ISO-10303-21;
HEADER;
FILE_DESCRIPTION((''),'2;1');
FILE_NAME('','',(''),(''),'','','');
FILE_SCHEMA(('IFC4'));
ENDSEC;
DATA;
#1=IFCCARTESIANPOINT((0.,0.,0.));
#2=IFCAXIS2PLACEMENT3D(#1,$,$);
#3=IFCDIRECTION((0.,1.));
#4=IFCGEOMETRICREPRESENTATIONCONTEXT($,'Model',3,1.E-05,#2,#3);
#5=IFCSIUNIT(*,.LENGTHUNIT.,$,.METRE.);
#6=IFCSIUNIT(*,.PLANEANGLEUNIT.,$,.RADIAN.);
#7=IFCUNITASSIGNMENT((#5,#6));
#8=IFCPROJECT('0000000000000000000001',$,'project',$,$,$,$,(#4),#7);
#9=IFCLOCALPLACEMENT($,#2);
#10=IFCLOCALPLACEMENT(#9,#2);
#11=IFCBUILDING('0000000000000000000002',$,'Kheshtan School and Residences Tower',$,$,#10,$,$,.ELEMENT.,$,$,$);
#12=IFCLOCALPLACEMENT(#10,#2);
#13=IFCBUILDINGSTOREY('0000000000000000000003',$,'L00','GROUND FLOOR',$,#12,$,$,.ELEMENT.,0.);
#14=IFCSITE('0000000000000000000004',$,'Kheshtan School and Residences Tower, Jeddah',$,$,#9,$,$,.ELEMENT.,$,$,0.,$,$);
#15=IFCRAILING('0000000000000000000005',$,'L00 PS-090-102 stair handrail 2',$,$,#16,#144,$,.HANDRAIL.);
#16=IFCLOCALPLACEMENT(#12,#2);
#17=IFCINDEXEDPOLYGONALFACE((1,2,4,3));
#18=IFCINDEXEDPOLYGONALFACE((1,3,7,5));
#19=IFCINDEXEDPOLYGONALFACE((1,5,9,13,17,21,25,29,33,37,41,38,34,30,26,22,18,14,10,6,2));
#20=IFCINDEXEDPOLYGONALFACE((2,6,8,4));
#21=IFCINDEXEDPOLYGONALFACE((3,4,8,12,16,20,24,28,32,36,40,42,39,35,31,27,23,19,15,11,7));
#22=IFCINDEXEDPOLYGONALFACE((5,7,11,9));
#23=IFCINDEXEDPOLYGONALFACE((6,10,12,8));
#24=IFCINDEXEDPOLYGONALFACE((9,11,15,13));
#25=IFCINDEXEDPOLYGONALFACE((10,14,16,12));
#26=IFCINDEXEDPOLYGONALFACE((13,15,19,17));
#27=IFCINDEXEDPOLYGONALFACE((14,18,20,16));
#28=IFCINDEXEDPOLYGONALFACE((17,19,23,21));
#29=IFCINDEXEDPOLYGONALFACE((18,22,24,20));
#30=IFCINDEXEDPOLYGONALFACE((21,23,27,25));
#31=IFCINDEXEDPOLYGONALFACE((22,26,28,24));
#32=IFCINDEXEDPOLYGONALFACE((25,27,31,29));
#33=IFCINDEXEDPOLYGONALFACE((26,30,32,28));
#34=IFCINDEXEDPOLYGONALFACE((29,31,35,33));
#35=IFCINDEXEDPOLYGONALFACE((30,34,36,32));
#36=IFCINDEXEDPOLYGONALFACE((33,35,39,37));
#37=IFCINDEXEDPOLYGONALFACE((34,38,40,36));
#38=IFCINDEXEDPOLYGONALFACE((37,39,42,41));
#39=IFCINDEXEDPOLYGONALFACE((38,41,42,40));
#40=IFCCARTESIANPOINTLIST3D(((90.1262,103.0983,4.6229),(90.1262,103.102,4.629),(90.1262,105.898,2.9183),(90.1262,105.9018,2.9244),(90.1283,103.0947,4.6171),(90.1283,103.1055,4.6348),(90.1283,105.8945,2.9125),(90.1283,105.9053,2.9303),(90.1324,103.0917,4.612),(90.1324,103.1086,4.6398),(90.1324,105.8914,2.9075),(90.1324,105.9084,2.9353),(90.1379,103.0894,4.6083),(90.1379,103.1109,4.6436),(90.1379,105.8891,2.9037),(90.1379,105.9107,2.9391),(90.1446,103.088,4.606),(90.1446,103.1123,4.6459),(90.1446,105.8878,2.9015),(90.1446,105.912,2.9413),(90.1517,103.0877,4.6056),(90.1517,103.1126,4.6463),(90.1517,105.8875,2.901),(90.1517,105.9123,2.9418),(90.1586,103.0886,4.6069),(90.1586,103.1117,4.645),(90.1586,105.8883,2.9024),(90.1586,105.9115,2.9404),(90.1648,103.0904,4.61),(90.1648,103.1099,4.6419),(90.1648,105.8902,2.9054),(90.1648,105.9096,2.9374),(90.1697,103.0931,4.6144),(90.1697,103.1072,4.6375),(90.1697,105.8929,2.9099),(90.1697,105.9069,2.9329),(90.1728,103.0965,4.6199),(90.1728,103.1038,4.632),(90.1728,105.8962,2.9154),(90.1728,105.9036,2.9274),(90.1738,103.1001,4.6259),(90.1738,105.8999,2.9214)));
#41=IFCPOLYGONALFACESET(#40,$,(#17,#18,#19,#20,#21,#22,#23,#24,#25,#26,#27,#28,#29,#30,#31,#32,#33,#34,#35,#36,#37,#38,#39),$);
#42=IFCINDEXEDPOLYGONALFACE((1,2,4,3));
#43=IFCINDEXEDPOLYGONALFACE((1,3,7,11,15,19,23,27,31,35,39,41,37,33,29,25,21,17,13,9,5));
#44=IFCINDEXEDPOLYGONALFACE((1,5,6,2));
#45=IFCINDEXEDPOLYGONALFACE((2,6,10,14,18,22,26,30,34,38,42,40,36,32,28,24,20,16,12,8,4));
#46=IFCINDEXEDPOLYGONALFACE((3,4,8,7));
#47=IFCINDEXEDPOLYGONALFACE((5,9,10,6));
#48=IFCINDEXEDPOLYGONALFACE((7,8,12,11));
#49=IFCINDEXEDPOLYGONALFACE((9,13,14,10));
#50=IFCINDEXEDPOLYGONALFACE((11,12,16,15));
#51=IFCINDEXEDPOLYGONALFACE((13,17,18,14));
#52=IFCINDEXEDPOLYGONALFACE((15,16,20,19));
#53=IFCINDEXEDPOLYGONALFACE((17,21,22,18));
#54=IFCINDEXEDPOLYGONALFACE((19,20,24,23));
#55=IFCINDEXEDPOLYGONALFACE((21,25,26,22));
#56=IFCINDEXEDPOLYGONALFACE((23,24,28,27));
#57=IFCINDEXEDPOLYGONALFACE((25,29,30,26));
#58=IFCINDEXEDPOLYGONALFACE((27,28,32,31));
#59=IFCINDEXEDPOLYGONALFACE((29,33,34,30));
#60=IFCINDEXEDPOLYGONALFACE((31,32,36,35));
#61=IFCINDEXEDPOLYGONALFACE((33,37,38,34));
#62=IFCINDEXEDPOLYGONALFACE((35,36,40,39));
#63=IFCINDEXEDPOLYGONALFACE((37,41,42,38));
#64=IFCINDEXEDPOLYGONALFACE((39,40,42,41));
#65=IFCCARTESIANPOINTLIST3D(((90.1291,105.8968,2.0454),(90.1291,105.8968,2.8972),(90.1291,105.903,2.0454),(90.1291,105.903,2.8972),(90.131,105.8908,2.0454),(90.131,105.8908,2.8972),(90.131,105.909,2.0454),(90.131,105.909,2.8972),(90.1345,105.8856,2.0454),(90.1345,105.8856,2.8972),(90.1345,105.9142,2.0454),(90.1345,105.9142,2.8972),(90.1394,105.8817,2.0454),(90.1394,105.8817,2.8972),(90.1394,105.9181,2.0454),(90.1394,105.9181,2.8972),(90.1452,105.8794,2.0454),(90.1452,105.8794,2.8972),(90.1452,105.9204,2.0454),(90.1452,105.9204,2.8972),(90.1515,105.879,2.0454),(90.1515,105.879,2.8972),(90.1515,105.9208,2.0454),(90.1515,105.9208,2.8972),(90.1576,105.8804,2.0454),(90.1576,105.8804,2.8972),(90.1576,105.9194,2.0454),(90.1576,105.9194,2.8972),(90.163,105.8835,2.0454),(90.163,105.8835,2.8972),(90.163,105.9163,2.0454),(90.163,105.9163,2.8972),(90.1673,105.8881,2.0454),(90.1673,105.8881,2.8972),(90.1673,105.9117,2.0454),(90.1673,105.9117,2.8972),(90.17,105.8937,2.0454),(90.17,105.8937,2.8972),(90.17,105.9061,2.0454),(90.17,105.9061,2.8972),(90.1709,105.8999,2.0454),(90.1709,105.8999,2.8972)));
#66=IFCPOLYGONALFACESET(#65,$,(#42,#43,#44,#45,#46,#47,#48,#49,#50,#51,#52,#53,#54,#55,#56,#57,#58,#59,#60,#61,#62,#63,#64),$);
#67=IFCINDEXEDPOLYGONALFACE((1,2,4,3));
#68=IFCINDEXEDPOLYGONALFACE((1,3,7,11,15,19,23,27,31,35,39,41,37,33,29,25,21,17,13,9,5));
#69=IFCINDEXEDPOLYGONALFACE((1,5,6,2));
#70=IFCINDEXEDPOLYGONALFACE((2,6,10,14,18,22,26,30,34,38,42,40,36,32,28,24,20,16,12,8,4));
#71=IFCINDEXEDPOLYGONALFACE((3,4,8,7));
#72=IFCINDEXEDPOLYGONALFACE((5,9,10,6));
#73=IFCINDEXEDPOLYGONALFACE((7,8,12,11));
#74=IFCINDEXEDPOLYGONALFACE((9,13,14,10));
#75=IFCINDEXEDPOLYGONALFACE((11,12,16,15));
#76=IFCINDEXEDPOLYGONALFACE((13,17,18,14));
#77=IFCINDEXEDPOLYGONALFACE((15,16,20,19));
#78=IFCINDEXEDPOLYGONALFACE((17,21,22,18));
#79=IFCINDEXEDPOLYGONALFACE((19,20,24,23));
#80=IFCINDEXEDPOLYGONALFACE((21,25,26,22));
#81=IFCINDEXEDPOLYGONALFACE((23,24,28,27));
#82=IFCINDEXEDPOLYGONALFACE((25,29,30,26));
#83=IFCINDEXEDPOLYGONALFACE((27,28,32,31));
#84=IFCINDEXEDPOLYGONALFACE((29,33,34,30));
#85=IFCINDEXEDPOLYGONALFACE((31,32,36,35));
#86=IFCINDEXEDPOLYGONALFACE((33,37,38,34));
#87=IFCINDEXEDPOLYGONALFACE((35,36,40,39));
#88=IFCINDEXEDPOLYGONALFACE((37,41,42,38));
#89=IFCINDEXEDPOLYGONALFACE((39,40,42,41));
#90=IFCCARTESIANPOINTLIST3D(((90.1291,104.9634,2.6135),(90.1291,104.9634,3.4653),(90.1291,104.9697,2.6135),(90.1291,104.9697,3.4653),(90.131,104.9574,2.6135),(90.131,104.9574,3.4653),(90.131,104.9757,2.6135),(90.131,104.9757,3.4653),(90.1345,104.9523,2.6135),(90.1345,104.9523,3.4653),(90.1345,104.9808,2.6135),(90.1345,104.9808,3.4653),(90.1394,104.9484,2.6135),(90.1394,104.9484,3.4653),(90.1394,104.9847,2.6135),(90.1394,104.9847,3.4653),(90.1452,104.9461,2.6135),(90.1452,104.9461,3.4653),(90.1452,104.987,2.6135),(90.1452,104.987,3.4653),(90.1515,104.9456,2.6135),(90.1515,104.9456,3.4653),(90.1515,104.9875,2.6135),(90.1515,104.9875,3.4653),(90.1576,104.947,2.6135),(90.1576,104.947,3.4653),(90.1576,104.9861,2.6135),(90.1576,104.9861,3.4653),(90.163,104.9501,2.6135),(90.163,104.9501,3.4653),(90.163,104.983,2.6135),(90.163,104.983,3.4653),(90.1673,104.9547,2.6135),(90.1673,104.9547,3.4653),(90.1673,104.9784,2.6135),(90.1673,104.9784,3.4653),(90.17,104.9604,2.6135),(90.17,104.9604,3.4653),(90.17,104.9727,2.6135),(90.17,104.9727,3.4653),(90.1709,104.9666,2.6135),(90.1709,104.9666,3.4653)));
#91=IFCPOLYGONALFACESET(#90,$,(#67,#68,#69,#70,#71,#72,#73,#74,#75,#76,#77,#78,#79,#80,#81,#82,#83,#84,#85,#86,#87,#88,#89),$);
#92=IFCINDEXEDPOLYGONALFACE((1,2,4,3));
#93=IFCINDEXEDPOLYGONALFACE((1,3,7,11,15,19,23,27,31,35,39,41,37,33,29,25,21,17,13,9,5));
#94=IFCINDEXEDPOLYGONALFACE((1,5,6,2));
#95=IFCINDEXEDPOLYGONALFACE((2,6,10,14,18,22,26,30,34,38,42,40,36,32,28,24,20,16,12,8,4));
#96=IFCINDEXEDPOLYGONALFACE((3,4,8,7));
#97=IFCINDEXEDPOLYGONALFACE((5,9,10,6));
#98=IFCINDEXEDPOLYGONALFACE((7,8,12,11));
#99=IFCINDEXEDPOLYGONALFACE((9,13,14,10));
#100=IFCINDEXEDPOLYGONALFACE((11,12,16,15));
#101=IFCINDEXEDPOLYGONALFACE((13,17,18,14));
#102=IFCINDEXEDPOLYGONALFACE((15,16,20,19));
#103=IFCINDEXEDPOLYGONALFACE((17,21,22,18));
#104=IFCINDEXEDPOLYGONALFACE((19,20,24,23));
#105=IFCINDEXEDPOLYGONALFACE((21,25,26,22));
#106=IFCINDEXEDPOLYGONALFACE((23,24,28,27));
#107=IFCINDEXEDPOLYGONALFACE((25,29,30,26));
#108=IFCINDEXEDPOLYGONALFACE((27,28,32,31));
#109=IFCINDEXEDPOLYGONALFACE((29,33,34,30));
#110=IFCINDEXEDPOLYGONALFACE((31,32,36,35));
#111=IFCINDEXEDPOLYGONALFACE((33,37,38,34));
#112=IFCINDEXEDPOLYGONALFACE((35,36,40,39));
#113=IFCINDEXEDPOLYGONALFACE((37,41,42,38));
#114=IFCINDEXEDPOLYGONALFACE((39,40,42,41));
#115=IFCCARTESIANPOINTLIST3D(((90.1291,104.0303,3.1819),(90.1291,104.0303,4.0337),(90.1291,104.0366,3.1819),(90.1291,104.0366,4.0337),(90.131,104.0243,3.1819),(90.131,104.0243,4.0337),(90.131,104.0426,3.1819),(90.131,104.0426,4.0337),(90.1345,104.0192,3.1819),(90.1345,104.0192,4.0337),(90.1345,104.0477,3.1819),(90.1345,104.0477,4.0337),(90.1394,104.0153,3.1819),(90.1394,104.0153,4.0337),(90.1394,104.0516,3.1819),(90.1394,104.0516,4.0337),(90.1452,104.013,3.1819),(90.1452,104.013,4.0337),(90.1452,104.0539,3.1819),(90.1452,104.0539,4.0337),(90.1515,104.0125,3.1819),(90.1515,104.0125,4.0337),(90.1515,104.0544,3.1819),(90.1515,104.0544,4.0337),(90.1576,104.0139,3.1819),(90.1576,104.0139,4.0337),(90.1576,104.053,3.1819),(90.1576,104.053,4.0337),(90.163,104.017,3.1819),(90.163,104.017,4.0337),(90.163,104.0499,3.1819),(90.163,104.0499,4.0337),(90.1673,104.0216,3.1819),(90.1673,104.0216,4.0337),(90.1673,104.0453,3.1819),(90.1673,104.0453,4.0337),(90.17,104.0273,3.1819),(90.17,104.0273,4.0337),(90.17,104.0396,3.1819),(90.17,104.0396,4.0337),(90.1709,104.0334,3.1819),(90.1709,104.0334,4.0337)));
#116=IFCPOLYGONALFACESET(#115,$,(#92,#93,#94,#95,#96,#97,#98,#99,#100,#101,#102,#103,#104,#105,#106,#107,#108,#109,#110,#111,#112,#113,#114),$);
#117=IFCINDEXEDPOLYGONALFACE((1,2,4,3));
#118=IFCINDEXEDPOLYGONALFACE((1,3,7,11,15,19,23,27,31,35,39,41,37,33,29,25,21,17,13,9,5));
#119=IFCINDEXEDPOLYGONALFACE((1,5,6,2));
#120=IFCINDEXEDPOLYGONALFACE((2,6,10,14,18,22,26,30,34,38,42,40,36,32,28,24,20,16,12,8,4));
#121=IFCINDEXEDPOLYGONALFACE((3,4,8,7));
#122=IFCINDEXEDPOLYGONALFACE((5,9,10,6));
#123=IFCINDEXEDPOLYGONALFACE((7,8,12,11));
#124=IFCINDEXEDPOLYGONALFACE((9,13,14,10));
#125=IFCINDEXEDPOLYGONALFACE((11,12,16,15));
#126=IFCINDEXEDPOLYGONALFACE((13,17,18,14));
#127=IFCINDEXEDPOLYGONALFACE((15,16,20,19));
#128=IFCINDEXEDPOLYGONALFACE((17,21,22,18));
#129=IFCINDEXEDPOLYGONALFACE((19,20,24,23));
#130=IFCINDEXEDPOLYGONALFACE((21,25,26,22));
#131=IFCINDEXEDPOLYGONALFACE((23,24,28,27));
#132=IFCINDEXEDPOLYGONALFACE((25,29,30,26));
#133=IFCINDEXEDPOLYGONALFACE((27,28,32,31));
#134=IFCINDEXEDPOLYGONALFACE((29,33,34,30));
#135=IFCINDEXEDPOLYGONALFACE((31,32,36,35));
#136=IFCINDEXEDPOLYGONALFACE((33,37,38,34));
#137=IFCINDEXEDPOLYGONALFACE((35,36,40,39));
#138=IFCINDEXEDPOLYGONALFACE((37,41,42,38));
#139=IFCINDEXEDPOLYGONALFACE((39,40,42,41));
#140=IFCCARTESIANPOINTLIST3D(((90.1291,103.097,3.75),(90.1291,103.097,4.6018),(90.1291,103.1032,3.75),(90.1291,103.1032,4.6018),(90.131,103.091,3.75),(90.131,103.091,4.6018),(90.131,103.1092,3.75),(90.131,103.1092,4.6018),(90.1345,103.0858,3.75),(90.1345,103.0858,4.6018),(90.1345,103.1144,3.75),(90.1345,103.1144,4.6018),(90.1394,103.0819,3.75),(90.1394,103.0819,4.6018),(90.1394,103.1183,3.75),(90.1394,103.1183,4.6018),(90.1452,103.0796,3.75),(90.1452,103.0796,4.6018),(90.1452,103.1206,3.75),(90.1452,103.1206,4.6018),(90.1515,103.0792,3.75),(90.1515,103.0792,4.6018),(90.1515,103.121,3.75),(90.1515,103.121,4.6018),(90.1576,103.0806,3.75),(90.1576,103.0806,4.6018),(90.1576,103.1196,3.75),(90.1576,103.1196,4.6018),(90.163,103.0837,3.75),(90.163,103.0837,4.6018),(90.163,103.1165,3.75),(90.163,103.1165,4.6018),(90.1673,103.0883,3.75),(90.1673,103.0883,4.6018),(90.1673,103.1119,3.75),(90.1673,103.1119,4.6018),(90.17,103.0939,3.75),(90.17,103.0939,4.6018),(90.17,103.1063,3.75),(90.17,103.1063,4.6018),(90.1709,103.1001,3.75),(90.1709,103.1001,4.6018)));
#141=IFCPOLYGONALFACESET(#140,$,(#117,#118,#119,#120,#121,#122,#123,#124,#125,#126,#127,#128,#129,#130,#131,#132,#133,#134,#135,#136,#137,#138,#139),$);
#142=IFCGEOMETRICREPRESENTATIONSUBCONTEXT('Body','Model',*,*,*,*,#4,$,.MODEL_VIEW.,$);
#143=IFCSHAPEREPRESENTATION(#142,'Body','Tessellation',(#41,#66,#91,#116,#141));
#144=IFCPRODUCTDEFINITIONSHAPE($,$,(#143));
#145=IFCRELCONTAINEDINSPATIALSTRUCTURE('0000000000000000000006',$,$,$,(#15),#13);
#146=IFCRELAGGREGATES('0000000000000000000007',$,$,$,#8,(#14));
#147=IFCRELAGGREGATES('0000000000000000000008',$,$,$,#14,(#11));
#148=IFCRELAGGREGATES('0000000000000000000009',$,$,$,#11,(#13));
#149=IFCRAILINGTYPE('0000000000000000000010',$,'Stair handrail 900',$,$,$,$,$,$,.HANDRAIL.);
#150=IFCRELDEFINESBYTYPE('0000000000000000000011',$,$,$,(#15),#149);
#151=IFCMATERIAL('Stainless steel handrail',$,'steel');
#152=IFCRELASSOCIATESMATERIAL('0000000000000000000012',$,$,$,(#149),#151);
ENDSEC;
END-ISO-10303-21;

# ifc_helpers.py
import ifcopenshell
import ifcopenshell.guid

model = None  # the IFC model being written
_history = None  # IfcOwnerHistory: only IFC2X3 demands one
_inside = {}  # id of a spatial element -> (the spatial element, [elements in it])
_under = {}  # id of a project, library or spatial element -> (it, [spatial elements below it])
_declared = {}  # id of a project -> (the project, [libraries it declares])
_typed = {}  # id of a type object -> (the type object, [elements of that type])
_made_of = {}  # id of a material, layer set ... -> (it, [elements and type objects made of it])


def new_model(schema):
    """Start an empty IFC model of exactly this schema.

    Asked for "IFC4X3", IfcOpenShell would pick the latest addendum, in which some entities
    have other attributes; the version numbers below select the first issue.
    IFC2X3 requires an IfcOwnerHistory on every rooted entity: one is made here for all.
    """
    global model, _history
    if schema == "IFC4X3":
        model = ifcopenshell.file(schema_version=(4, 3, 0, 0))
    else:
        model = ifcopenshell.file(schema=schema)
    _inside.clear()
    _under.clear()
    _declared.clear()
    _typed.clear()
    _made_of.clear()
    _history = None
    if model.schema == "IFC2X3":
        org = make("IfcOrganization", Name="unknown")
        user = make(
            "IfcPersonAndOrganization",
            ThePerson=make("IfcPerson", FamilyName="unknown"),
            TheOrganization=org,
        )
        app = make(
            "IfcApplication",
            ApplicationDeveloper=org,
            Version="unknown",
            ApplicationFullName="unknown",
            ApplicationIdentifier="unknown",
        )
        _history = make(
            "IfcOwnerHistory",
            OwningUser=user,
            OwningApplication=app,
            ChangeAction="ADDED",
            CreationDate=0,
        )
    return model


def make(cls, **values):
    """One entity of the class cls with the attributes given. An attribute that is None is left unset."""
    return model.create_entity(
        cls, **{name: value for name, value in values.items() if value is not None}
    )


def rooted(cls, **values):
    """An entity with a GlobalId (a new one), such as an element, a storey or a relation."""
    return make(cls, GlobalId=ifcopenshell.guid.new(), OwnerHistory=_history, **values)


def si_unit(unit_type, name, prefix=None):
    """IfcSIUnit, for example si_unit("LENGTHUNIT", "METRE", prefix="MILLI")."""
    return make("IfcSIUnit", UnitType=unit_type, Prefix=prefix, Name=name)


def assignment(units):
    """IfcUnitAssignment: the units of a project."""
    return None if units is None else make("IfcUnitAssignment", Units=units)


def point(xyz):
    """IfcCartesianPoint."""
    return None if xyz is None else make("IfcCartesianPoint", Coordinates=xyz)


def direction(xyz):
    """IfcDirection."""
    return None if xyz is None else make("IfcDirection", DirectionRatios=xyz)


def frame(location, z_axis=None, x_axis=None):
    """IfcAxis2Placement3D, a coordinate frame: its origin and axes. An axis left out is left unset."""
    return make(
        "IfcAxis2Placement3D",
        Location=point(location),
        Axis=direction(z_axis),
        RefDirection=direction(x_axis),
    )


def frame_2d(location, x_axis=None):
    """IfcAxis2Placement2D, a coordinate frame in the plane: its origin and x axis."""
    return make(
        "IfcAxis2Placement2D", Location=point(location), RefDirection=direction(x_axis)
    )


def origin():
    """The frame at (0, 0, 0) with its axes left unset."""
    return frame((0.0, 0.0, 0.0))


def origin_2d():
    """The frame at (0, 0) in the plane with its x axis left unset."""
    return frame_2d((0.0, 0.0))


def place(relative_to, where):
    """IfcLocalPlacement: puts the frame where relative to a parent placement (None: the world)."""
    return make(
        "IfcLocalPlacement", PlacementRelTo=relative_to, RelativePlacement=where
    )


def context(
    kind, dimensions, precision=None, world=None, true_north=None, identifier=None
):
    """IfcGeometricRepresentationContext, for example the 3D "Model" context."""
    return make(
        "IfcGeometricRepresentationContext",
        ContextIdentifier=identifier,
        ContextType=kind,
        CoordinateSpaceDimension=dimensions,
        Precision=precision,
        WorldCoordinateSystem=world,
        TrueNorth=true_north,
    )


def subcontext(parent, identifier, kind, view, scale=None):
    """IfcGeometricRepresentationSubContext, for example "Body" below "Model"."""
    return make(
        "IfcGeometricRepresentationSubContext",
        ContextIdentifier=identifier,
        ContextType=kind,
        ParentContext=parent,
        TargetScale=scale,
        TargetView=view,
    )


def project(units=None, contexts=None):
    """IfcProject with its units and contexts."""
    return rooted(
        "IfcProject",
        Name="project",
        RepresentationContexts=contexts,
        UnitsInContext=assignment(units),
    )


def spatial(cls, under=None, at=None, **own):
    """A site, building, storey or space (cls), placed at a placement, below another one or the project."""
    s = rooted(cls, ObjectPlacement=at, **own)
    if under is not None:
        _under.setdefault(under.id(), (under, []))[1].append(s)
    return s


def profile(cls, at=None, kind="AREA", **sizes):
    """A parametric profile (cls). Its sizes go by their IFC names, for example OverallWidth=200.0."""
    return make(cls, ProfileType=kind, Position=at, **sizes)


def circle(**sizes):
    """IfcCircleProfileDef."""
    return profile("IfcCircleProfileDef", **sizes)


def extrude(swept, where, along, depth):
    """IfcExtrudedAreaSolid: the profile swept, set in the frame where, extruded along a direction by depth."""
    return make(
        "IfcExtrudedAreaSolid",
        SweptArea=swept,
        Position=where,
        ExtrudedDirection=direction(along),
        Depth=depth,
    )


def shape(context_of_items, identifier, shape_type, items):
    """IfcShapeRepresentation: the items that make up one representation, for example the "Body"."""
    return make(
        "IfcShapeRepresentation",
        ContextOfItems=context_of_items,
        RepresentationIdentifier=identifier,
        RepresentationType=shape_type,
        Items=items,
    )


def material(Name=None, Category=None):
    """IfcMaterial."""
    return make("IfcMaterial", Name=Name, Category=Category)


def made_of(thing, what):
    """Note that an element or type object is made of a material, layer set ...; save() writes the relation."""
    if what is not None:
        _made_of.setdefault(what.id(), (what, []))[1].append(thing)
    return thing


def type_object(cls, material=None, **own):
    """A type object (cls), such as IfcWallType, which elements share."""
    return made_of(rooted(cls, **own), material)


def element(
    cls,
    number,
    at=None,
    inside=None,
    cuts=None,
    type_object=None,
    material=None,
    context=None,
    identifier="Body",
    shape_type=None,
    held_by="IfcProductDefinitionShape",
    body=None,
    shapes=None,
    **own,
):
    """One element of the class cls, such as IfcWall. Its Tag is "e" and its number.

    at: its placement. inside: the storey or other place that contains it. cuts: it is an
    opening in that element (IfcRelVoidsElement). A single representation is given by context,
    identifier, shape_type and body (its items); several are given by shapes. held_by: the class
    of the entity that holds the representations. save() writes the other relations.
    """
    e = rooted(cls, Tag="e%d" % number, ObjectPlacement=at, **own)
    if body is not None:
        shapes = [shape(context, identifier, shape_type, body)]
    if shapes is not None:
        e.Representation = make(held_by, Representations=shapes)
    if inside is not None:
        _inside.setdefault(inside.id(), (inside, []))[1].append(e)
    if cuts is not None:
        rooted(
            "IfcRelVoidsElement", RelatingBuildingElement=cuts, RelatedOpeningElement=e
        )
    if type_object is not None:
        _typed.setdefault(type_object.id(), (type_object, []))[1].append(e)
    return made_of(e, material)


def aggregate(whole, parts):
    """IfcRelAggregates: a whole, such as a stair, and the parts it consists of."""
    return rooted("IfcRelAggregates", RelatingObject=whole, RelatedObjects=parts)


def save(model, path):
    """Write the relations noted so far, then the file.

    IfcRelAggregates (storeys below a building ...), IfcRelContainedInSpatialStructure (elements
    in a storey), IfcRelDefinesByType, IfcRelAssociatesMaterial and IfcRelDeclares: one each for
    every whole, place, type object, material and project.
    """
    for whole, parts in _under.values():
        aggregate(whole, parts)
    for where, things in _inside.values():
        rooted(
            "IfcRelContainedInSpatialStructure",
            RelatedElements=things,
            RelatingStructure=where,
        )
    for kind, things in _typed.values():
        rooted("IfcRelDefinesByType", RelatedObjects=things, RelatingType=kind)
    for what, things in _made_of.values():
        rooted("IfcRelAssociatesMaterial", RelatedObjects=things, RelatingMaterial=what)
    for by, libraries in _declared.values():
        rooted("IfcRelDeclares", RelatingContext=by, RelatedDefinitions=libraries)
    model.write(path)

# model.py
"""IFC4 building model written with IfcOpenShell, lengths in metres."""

from ifc_helpers import new_model, si_unit, direction, frame, origin, origin_2d, place, context, subcontext, project, spatial, circle, extrude, material, type_object, element, save


model = new_model("IFC4")

# Units and contexts
model_context = context("Model", 3, precision=1e-05, world=origin(), true_north=direction((0.0, 1.0)))
body_context = subcontext(model_context, "Body", "Model", "MODEL_VIEW")
ifc_project = project(units=[si_unit("LENGTHUNIT", "METRE"), si_unit("PLANEANGLEUNIT", "RADIAN")], contexts=[model_context])

# Site, building, storey
site_placement = place(None, origin())
site = spatial("IfcSite", under=ifc_project, at=site_placement, Name="Kheshtan School and Residences Tower, Jeddah", CompositionType="ELEMENT", RefElevation=0.0)
building_placement = place(site_placement, origin())
building = spatial("IfcBuilding", under=site, at=building_placement, Name="Kheshtan School and Residences Tower", CompositionType="ELEMENT")
storey_placement = place(building_placement, origin())
storey = spatial("IfcBuildingStorey", under=building, at=storey_placement, Name="L00", Description="GROUND FLOOR", CompositionType="ELEMENT", Elevation=0.0)

# Railing
ifc_material_1 = material(Name="Stainless steel handrail", Category="steel")
railing_type = type_object("IfcRailingType", Name="Stair handrail 900", PredefinedType="HANDRAIL", material=ifc_material_1)
for number, where, name in (
    (1, (90.1499, 105.8999, 2.0454), "L00 PS-090-102 stair handrail 2"),
):
    element("IfcRailing", number, at=place(storey_placement, frame(where)), inside=storey, type_object=railing_type, Name=name, PredefinedType="HANDRAIL", context=body_context, shape_type="SweptSolid", body=[
        extrude(circle(Radius=0.0239, at=origin_2d()), frame((0.0, 0.0, 0.876), z_axis=(0.0, -0.85415, 0.520027), x_axis=(1.0, 0.0, 0.0)), (0.0, 0.0, 1.0), 3.2778),
        extrude(circle(Radius=0.021, at=origin_2d()), origin(), (0.0, 0.0, 1.0), 0.8518),
        extrude(circle(Radius=0.021, at=origin_2d()), frame((0.0, -0.9333, 0.5681)), (0.0, 0.0, 1.0), 0.8518),
        extrude(circle(Radius=0.021, at=origin_2d()), frame((0.0, -1.8665, 1.1365)), (0.0, 0.0, 1.0), 0.8518),
        extrude(circle(Radius=0.021, at=origin_2d()), frame((0.0, -2.7998, 1.7046)), (0.0, 0.0, 1.0), 0.8518),
    ])

save(model, "model.ifc")
